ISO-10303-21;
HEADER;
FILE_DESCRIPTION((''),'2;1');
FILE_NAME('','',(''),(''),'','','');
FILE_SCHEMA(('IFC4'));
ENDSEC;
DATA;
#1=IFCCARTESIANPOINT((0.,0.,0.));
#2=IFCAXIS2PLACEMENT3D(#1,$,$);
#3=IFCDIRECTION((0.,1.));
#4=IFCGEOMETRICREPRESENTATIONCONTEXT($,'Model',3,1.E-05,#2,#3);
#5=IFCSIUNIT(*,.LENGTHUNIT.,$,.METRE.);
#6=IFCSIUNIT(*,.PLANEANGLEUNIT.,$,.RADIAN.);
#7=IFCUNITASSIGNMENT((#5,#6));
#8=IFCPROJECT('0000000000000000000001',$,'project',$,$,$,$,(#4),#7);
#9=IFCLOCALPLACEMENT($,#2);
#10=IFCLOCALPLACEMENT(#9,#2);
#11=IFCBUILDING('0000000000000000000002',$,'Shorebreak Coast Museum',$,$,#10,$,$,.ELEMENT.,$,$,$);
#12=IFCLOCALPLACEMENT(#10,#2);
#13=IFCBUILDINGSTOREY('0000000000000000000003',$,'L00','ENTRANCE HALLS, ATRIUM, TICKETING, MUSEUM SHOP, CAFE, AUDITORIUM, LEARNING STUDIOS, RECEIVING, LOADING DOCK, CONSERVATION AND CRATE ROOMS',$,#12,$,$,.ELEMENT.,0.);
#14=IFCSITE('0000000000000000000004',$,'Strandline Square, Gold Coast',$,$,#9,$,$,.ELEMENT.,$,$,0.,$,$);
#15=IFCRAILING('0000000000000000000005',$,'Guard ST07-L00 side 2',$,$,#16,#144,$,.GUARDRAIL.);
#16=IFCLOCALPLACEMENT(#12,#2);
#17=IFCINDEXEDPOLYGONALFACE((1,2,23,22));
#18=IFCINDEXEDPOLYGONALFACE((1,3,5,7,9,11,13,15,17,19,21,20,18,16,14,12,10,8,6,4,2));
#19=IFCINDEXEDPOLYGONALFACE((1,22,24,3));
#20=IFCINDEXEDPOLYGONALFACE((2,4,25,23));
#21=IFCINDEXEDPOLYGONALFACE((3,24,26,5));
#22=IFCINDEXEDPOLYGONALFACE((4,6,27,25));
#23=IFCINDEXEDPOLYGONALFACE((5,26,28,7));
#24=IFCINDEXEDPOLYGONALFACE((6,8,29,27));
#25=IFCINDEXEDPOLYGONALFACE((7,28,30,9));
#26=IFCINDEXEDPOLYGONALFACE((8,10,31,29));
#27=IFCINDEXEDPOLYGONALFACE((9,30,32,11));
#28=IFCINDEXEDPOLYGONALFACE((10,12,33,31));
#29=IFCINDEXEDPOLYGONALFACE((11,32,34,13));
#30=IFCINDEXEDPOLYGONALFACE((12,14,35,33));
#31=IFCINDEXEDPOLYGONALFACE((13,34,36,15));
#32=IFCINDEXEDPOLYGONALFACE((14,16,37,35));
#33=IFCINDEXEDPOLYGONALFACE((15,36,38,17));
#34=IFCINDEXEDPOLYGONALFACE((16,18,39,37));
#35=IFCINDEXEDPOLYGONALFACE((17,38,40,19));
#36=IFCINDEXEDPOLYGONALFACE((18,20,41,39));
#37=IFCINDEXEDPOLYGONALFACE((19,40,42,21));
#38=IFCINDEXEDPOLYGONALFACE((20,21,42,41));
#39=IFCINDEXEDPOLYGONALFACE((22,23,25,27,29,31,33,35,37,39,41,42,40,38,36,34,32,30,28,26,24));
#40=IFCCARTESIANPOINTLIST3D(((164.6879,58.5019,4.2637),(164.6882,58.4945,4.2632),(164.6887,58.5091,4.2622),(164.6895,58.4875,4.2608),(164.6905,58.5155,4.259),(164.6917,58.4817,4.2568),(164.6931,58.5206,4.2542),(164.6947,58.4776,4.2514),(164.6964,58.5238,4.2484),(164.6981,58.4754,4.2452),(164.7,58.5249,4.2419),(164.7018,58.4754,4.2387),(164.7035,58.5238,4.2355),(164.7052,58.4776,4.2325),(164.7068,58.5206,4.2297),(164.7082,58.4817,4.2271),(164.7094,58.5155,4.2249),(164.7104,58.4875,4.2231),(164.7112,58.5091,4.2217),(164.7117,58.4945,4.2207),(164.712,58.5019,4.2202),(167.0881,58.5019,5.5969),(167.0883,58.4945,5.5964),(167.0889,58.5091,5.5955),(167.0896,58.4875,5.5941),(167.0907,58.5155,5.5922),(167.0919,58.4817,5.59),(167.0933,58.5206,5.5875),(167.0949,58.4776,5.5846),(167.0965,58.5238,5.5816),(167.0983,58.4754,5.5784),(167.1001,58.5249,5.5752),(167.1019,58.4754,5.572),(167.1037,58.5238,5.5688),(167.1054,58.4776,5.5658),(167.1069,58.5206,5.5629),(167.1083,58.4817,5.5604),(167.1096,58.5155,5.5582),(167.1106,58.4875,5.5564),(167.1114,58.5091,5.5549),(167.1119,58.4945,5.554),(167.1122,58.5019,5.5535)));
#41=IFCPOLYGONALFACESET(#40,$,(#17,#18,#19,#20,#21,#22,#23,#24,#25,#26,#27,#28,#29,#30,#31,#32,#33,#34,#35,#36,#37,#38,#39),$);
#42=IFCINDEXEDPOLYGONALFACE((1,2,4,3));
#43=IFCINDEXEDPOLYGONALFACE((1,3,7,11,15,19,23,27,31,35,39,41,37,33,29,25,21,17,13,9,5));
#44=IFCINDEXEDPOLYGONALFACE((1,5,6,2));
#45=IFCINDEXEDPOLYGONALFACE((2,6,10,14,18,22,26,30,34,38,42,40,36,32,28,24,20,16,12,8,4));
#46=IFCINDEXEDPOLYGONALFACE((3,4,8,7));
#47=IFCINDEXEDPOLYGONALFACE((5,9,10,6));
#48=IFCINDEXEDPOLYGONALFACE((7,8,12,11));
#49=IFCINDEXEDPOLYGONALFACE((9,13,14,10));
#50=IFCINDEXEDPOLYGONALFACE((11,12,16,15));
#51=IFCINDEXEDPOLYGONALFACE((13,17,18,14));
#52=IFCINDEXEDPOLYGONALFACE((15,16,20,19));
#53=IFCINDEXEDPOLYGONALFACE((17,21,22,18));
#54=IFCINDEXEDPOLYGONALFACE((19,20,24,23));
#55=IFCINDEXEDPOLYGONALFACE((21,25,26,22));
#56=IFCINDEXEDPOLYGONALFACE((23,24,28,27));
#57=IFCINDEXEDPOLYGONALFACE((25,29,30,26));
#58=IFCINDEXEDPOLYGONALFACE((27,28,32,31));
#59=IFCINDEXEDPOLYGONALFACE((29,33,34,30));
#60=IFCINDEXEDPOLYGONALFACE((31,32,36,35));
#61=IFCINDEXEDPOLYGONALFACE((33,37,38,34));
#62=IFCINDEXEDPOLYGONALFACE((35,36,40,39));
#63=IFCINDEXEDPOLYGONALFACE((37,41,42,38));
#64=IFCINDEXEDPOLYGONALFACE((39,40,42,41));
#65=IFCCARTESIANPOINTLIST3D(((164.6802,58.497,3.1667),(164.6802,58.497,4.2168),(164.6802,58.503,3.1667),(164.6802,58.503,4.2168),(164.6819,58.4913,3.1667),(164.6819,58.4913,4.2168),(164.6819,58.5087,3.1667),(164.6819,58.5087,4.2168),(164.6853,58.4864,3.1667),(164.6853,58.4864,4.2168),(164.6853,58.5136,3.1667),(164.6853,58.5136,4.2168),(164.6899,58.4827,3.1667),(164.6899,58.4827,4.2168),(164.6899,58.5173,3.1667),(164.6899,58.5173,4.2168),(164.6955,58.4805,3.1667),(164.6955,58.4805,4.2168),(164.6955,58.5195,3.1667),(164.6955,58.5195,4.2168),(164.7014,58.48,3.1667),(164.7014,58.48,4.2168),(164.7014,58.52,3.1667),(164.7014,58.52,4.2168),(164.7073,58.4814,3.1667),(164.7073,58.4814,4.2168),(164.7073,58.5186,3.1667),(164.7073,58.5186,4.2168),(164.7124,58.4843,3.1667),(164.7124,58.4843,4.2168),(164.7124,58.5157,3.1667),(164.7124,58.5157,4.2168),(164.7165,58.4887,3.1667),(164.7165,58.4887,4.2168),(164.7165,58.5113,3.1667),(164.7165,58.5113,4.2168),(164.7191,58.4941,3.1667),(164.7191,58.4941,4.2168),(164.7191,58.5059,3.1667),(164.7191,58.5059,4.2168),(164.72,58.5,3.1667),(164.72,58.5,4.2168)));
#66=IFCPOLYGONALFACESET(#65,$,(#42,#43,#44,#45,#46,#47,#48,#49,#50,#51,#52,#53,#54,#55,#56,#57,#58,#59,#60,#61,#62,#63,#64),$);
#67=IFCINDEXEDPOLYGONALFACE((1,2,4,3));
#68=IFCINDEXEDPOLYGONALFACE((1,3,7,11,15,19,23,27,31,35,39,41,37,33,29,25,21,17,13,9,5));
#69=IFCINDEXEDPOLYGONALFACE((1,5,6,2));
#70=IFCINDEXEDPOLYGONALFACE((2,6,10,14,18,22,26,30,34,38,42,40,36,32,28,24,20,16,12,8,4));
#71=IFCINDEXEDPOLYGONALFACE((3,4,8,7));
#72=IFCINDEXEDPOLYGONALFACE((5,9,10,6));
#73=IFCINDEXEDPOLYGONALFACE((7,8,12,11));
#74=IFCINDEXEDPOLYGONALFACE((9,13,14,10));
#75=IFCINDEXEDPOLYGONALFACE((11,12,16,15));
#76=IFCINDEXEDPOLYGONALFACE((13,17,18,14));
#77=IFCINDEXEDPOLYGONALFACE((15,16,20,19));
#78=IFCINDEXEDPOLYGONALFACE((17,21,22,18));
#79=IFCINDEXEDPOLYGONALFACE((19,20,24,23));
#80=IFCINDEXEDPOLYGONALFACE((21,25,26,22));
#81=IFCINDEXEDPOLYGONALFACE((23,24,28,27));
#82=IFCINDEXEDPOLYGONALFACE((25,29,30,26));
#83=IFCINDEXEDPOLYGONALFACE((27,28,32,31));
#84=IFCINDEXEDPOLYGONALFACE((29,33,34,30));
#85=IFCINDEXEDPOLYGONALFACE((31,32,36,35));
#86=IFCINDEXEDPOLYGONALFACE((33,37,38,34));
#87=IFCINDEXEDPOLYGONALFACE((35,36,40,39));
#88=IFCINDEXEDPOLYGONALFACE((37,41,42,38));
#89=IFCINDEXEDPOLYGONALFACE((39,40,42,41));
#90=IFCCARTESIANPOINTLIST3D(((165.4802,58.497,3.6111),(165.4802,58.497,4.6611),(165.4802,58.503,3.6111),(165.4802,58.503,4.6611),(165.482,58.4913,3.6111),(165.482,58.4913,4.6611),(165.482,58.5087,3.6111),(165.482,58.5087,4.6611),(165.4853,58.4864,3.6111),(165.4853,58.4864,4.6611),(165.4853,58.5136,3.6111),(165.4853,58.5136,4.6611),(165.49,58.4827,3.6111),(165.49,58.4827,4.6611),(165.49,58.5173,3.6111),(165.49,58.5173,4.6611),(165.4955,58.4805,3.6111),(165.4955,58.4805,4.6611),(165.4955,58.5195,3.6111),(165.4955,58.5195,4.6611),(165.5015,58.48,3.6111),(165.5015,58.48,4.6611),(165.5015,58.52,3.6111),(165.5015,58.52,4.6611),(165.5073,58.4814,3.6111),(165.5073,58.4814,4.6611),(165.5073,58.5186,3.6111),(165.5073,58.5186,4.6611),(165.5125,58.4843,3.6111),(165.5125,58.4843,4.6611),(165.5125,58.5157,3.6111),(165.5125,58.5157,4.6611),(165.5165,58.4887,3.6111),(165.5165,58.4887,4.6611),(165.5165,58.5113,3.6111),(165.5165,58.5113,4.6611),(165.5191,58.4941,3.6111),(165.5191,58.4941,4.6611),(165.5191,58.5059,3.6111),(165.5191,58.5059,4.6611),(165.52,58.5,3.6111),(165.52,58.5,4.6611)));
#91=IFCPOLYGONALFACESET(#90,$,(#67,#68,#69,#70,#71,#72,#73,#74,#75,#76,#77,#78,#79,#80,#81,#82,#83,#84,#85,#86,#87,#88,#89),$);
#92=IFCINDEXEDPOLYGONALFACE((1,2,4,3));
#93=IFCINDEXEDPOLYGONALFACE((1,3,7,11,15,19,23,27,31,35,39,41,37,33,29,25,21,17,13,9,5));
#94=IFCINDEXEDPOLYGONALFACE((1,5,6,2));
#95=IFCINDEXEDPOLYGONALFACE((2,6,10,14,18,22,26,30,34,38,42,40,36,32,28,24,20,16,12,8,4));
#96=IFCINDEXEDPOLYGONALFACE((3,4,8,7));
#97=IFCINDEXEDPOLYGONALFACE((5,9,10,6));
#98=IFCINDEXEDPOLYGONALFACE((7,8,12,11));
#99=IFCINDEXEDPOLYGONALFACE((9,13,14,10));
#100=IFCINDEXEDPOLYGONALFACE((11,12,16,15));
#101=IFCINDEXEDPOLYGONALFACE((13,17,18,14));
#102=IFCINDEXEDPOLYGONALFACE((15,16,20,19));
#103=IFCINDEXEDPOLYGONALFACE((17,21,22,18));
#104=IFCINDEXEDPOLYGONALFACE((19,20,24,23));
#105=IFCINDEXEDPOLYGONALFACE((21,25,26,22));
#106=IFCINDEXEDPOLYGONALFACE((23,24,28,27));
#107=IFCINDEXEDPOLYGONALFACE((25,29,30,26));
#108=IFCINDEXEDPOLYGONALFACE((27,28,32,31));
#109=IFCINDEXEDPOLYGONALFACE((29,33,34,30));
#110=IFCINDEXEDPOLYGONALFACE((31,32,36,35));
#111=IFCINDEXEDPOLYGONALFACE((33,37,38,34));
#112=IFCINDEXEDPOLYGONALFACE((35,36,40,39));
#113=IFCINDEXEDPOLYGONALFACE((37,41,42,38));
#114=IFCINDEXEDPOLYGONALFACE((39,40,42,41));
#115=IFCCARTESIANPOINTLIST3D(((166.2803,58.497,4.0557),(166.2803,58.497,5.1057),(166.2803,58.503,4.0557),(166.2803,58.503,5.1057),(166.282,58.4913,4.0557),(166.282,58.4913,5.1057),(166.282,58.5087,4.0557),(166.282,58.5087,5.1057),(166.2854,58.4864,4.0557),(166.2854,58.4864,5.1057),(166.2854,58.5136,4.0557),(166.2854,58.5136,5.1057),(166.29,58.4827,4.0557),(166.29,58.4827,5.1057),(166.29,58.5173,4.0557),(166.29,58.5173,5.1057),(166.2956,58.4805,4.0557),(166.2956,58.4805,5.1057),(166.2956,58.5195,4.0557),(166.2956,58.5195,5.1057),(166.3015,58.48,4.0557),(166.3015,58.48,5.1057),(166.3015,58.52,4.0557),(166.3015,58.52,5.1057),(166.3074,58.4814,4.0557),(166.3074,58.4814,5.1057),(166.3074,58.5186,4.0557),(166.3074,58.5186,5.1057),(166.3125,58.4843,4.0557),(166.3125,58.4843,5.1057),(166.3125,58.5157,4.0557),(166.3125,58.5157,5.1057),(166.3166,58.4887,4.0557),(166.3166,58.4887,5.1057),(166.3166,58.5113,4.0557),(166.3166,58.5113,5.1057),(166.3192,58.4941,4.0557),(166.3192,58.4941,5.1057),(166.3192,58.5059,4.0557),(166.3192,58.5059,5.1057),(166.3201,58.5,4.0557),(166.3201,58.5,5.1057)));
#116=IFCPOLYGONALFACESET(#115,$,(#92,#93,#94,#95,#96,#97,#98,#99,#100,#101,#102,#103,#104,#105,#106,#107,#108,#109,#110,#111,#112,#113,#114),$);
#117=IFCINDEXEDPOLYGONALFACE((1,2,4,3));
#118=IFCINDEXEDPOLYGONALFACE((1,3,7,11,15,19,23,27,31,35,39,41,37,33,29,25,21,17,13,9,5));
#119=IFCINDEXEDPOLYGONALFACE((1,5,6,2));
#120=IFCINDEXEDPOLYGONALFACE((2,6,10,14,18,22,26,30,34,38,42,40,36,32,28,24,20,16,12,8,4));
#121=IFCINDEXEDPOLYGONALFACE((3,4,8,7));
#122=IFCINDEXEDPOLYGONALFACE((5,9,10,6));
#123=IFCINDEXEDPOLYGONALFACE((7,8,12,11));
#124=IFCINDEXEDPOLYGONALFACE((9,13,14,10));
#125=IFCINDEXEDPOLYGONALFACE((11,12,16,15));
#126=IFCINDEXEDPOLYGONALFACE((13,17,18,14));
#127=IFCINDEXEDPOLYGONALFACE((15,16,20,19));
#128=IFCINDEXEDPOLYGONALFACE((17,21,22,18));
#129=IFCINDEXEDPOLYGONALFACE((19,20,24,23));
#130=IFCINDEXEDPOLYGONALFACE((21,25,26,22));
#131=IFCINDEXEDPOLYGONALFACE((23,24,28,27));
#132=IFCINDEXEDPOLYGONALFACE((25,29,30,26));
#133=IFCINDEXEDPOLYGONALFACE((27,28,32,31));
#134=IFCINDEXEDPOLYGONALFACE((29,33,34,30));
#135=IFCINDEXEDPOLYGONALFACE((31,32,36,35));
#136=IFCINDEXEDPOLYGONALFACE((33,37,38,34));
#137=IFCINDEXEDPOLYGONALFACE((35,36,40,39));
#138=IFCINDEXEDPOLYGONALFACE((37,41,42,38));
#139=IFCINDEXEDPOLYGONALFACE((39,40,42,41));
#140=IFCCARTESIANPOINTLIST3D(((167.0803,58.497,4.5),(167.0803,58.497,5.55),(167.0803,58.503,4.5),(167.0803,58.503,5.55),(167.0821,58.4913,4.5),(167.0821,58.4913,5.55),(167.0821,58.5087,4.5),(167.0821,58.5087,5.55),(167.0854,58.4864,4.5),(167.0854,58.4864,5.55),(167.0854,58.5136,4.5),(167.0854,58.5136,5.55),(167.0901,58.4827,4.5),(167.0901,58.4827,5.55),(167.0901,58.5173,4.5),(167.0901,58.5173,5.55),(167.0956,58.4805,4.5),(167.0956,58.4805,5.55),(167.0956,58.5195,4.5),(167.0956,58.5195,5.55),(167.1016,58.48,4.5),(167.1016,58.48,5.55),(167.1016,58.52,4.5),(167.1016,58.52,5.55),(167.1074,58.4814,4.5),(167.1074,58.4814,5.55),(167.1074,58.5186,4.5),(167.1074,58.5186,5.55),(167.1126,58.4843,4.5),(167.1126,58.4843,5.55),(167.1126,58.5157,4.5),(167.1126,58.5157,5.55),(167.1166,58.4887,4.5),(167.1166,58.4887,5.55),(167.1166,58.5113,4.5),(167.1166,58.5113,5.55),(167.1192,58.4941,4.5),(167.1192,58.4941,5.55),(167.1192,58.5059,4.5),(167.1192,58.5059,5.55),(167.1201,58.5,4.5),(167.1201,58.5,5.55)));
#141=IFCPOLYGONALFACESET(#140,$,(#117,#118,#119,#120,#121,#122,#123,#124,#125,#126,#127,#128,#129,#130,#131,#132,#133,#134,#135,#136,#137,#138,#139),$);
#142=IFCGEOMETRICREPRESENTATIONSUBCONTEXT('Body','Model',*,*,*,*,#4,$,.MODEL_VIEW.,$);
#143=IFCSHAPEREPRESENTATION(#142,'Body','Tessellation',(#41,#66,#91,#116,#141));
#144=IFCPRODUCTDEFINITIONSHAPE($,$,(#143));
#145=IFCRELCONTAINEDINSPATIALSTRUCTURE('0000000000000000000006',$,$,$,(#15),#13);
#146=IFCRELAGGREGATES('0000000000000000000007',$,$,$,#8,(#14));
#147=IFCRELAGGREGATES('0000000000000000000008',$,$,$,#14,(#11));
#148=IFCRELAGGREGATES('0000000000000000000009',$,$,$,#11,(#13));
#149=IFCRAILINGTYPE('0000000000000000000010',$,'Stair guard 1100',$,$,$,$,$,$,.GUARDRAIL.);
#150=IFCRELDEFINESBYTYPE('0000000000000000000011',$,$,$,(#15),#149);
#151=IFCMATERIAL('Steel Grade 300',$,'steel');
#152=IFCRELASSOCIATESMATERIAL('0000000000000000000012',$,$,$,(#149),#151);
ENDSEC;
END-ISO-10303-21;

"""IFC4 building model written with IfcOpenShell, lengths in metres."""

from ifc_helpers import new_model, si_unit, direction, frame, origin, origin_2d, place, context, subcontext, project, spatial, circle, extrude, material, type_object, element, save


model = new_model("IFC4")

# Units and contexts
model_context = context("Model", 3, precision=1e-05, world=origin(), true_north=direction((0.0, 1.0)))
body_context = subcontext(model_context, "Body", "Model", "MODEL_VIEW")
ifc_project = project(units=[si_unit("LENGTHUNIT", "METRE"), si_unit("PLANEANGLEUNIT", "RADIAN")], contexts=[model_context])

# Site, building, storey
site_placement = place(None, origin())
site = spatial("IfcSite", under=ifc_project, at=site_placement, Name="Strandline Square, Gold Coast", CompositionType="ELEMENT", RefElevation=0.0)
building_placement = place(site_placement, origin())
building = spatial("IfcBuilding", under=site, at=building_placement, Name="Shorebreak Coast Museum", CompositionType="ELEMENT")
storey_placement = place(building_placement, origin())
storey = spatial("IfcBuildingStorey", under=building, at=storey_placement, Name="L00", Description="ENTRANCE HALLS, ATRIUM, TICKETING, MUSEUM SHOP, CAFE, AUDITORIUM, LEARNING STUDIOS, RECEIVING, LOADING DOCK, CONSERVATION AND CRATE ROOMS", CompositionType="ELEMENT", Elevation=0.0)

# Railing
ifc_material_1 = material(Name="Steel Grade 300", Category="steel")
railing_type_1 = type_object("IfcRailingType", Name="Stair guard 1100", PredefinedType="GUARDRAIL", material=ifc_material_1)
railing_1_placement = place(storey_placement, frame((164.7, 58.5, 3.1667)))
element("IfcRailing", 1, at=railing_1_placement, inside=storey, type_object=railing_type_1, Name="Guard ST07-L00 side 2", PredefinedType="GUARDRAIL", context=body_context, shape_type="SweptSolid", body=[
    extrude(circle(Radius=0.0249, at=origin_2d()), frame((0.0, 0.0, 1.0752), z_axis=(0.874182, 0.0, 0.485598), x_axis=(0.0, 1.0, 0.0)), (0.0, 0.0, 1.0), 2.7456),
    extrude(circle(Radius=0.02, at=origin_2d()), origin(), (0.0, 0.0, 1.0), 1.05),
    extrude(circle(Radius=0.02, at=origin_2d()), frame((0.8, 0.0, 0.4443)), (0.0, 0.0, 1.0), 1.05),
    extrude(circle(Radius=0.02, at=origin_2d()), frame((1.6001, 0.0, 0.8889)), (0.0, 0.0, 1.0), 1.05),
    extrude(circle(Radius=0.02, at=origin_2d()), frame((2.4001, 0.0, 1.3333)), (0.0, 0.0, 1.0), 1.05),
])

save(model, "model.ifc")
